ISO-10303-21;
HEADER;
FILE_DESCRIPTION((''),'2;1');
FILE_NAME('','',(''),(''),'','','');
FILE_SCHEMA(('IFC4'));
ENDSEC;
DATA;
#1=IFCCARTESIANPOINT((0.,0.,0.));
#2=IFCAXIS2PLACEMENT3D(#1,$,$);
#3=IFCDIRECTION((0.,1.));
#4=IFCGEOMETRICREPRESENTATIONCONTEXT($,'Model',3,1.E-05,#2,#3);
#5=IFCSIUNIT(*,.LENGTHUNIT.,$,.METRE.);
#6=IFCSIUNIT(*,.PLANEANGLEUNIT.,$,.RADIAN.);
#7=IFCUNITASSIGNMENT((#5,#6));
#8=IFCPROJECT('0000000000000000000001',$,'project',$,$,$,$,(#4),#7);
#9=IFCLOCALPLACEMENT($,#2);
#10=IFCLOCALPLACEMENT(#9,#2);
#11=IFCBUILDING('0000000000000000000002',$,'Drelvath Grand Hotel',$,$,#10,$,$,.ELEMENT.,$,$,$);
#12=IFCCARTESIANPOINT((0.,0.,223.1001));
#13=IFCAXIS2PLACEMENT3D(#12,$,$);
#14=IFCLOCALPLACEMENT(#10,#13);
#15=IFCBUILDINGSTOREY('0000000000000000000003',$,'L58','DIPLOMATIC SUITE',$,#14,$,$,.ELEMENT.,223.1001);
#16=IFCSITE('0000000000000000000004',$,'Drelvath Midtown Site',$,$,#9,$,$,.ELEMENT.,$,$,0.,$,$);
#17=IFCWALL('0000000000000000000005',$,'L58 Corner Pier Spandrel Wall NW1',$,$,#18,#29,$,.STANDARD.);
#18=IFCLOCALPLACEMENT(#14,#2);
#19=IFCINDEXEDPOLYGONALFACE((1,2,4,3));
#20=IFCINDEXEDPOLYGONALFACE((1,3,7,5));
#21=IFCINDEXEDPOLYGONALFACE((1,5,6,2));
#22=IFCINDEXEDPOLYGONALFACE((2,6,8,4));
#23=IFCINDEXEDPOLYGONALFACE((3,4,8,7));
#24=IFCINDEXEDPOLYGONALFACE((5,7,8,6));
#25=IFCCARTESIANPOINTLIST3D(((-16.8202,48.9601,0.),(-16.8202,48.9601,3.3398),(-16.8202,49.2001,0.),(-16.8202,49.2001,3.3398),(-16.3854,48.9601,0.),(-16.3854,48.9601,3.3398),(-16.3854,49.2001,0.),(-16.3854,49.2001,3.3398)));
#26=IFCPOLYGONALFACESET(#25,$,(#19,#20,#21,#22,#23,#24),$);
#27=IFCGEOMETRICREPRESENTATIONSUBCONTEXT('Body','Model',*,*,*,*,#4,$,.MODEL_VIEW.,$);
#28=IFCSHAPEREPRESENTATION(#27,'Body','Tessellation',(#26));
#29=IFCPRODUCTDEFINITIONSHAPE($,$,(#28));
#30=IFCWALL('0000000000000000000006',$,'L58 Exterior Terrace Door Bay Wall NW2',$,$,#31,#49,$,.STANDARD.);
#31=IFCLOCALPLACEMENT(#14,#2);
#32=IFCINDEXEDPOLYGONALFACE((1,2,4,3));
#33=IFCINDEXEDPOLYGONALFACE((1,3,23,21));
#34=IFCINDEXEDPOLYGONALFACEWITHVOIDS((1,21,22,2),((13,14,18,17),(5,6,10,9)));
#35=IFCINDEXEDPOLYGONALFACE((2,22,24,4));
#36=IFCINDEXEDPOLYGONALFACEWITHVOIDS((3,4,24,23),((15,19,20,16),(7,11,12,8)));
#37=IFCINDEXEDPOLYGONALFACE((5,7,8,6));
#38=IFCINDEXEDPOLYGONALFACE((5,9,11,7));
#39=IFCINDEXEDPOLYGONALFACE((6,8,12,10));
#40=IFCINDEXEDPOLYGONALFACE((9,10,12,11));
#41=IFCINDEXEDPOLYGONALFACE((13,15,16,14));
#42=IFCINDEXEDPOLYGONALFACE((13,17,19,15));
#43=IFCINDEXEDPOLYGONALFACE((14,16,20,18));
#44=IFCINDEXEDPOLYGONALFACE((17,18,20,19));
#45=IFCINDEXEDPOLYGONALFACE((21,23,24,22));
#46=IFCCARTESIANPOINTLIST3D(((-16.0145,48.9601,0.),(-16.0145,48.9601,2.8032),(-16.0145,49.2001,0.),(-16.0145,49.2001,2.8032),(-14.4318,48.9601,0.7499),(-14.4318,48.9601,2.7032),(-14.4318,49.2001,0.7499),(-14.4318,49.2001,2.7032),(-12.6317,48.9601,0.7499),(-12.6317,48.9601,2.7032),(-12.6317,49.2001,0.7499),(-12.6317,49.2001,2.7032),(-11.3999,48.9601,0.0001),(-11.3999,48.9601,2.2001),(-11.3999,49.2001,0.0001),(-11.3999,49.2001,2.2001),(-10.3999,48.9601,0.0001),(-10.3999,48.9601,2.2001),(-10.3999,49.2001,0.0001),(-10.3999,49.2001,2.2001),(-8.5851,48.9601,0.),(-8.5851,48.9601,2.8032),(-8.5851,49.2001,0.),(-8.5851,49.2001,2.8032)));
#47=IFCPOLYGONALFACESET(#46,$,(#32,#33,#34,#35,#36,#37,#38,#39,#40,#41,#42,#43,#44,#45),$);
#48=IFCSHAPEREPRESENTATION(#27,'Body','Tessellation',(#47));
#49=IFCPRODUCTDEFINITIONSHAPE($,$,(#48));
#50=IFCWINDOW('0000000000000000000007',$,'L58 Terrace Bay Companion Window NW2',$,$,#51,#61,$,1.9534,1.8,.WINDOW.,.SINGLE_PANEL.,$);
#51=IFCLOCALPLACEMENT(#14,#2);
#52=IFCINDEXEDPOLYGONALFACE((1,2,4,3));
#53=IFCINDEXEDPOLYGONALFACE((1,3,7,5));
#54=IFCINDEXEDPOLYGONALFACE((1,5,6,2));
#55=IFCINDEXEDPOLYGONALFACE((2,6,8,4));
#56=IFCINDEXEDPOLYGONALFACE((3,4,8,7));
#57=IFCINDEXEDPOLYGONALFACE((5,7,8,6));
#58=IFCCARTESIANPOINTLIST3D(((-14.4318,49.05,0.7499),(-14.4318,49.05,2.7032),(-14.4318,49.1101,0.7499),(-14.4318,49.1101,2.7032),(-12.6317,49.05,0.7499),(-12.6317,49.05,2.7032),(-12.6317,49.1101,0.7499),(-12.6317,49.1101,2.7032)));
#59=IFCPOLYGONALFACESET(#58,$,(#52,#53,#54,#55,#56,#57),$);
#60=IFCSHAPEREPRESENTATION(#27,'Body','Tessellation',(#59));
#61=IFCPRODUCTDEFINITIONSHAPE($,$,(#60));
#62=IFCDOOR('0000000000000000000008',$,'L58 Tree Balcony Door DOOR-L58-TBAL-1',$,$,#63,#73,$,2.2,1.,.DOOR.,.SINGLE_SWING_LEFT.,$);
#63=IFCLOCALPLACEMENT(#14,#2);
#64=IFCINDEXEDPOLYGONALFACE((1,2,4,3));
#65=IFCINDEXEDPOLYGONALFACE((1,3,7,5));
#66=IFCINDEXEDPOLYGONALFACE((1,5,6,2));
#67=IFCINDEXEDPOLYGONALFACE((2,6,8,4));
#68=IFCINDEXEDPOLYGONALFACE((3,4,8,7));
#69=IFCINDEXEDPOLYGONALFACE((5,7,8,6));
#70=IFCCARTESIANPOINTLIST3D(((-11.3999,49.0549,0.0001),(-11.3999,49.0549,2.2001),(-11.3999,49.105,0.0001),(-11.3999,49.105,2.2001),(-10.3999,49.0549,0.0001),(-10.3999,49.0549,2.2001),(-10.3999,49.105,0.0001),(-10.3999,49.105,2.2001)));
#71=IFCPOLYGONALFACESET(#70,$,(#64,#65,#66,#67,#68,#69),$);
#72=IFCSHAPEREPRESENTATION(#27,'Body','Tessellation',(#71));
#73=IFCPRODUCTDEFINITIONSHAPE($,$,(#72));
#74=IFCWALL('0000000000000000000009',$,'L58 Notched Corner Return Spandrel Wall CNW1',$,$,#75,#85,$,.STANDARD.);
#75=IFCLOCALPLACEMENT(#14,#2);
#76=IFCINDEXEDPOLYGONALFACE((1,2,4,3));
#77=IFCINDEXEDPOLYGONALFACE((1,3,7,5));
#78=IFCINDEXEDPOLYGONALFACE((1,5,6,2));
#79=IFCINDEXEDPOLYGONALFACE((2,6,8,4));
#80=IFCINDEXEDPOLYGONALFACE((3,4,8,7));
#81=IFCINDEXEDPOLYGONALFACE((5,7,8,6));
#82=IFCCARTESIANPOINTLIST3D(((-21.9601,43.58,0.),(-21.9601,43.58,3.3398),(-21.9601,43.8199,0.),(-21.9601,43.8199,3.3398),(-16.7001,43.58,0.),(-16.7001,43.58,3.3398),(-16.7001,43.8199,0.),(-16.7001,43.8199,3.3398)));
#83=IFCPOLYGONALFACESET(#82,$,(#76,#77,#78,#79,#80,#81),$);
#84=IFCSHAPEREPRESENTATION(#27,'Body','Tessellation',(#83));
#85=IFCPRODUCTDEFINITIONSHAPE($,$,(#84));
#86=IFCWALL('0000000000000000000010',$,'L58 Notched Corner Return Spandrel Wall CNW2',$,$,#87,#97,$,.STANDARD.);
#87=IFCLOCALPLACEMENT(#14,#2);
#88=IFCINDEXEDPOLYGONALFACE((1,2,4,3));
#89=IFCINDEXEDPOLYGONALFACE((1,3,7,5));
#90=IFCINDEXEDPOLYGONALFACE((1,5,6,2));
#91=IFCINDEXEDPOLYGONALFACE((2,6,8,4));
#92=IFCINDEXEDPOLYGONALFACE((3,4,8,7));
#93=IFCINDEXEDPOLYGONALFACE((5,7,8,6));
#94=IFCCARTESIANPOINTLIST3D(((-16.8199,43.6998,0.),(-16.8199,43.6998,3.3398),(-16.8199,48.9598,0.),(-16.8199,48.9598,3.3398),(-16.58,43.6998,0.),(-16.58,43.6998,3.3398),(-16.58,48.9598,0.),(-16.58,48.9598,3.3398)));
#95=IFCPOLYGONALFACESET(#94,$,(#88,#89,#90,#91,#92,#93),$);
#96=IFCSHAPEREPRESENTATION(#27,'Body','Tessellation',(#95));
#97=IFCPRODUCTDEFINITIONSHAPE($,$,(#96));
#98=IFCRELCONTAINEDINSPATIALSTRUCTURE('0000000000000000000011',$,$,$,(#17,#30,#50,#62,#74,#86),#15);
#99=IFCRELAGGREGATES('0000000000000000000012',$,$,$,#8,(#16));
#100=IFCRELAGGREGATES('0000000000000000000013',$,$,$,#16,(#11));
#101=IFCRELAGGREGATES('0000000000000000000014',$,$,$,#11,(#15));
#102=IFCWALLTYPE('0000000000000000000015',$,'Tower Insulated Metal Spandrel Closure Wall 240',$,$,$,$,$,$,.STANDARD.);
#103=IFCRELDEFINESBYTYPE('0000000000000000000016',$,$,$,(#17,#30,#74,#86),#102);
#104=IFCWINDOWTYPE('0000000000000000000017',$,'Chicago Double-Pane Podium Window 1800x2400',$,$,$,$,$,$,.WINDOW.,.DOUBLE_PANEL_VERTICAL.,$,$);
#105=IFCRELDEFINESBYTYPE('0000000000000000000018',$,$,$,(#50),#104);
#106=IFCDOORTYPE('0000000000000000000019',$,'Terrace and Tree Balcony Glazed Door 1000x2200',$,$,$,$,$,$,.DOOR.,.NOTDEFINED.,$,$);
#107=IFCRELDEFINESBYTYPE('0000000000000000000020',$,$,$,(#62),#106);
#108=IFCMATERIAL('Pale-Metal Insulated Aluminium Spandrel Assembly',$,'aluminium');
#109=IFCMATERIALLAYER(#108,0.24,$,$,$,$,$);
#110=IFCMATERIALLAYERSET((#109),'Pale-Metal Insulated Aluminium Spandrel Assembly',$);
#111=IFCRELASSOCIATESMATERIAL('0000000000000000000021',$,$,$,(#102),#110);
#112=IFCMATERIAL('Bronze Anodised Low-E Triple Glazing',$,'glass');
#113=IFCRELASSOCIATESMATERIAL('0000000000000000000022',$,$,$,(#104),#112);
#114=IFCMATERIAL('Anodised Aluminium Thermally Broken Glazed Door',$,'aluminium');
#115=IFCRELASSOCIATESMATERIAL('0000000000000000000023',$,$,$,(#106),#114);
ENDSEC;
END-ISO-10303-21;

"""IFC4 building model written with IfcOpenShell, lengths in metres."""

from ifc_helpers import new_model, si_unit, direction, frame, frame_2d, origin, place, context, subcontext, project, spatial, rectangle, extrude, material, layer, layer_set, type_object, element, fill, save


model = new_model("IFC4")

# Units and contexts
model_context = context("Model", 3, precision=1e-05, world=origin(), true_north=direction((0.0, 1.0)))
body_context = subcontext(model_context, "Body", "Model", "MODEL_VIEW")
ifc_project = project(units=[si_unit("LENGTHUNIT", "METRE"), si_unit("PLANEANGLEUNIT", "RADIAN")], contexts=[model_context])

# Site, building, storey
site_placement = place(None, origin())
site = spatial("IfcSite", under=ifc_project, at=site_placement, Name="Drelvath Midtown Site", CompositionType="ELEMENT", RefElevation=0.0)
building_placement = place(site_placement, origin())
building = spatial("IfcBuilding", under=site, at=building_placement, Name="Drelvath Grand Hotel", CompositionType="ELEMENT")
storey_placement = place(building_placement, frame((0.0, 0.0, 223.1001)))
storey = spatial("IfcBuildingStorey", under=building, at=storey_placement, Name="L58", Description="DIPLOMATIC SUITE", CompositionType="ELEMENT", Elevation=223.1001)

# Wall
ifc_material_1 = material(Name="Pale-Metal Insulated Aluminium Spandrel Assembly", Category="aluminium")
ifc_layer_1 = layer(ifc_material_1, 0.24)
ifc_layer_set_1 = layer_set([ifc_layer_1], Name="Pale-Metal Insulated Aluminium Spandrel Assembly")
wall_type_1 = type_object("IfcWallType", Name="Tower Insulated Metal Spandrel Closure Wall 240", PredefinedType="STANDARD", material=ifc_layer_set_1)
for number, where, z_axis, x_axis, name in (
    (1, (-16.8201, 49.0801, 0.0), (0.0, 0.0, 1.0), (1.0, 0.0, 0.0), "L58 Corner Pier Spandrel Wall NW1"),
):
    element("IfcWall", number, at=place(storey_placement, frame(where, z_axis=z_axis, x_axis=x_axis)), inside=storey, type_object=wall_type_1, Name=name, PredefinedType="STANDARD", context=body_context, shape_type="SweptSolid", body=[
        extrude(rectangle(XDim=0.4348, YDim=0.24, at=frame_2d((0.2173, 0.0))), origin(), (0.0, 0.0, 1.0), 3.3398),
    ])

# Wall, openings, window, door
wall_1_placement = place(storey_placement, frame((-16.0146, 49.0801, 0.0), z_axis=(0.0, 0.0, 1.0), x_axis=(1.0, 0.0, 0.0)))
wall_1 = element("IfcWall", 2, at=wall_1_placement, inside=storey, type_object=wall_type_1, Name="L58 Exterior Terrace Door Bay Wall NW2", PredefinedType="STANDARD", context=body_context, shape_type="SweptSolid", body=[
    extrude(rectangle(XDim=7.4294, YDim=0.24, at=frame_2d((3.7148, 0.0))), origin(), (0.0, 0.0, 1.0), 2.8032),
])
opening_1_placement = place(wall_1_placement, frame((4.6147, 0.0, 0.0)))
opening_1 = element("IfcOpeningElement", 3, at=opening_1_placement, cuts=wall_1, PredefinedType="OPENING", context=body_context, shape_type="SweptSolid", body=[
    extrude(rectangle(XDim=1.0, YDim=2.2, at=frame_2d((0.5, 1.1001))), frame((0.0, 0.1299, 0.0), z_axis=(0.0, -1.0, 0.0), x_axis=(1.0, 0.0, 0.0)), (0.0, 0.0, 1.0), 0.26),
])
opening_2_placement = place(wall_1_placement, frame((1.583, 0.0, 0.75)))
opening_2 = element("IfcOpeningElement", 4, at=opening_2_placement, cuts=wall_1, PredefinedType="OPENING", context=body_context, shape_type="SweptSolid", body=[
    extrude(rectangle(XDim=1.8, YDim=1.9534, at=frame_2d((0.8999, 0.9766))), frame((0.0, 0.1299, 0.0), z_axis=(0.0, -1.0, 0.0), x_axis=(1.0, 0.0, 0.0)), (0.0, 0.0, 1.0), 0.26),
])
ifc_material_2 = material(Name="Bronze Anodised Low-E Triple Glazing", Category="glass")
window_type = type_object("IfcWindowType", Name="Chicago Double-Pane Podium Window 1800x2400", PartitioningType="DOUBLE_PANEL_VERTICAL", PredefinedType="WINDOW", material=ifc_material_2)
window_placement = place(opening_2_placement, origin())
window = element("IfcWindow", 5, at=window_placement, inside=storey, type_object=window_type, Name="L58 Terrace Bay Companion Window NW2", OverallHeight=1.9534, OverallWidth=1.8, PartitioningType="SINGLE_PANEL", PredefinedType="WINDOW", context=body_context, shape_type="SweptSolid", body=[
    extrude(rectangle(XDim=1.8, YDim=1.9534, at=frame_2d((0.8999, 0.9766))), frame((0.0, 0.03, 0.0), z_axis=(0.0, -1.0, 0.0), x_axis=(1.0, 0.0, 0.0)), (0.0, 0.0, 1.0), 0.0601),
])
fill(opening_2, window)
ifc_material_3 = material(Name="Anodised Aluminium Thermally Broken Glazed Door", Category="aluminium")
door_type_1 = type_object("IfcDoorType", Name="Terrace and Tree Balcony Glazed Door 1000x2200", OperationType="NOTDEFINED", PredefinedType="DOOR", material=ifc_material_3)
door_1_placement = place(opening_1_placement, origin())
door_1 = element("IfcDoor", 6, at=door_1_placement, inside=storey, type_object=door_type_1, Name="L58 Tree Balcony Door DOOR-L58-TBAL-1", OperationType="SINGLE_SWING_LEFT", OverallHeight=2.2, OverallWidth=1.0, PredefinedType="DOOR", context=body_context, shape_type="SweptSolid", body=[
    extrude(rectangle(XDim=1.0, YDim=2.2, at=frame_2d((0.5, 1.1001))), frame((0.0, 0.0249, 0.0), z_axis=(0.0, -1.0, 0.0), x_axis=(1.0, 0.0, 0.0)), (0.0, 0.0, 1.0), 0.05),
])
fill(opening_1, door_1)

# Walls
for number, where, z_axis, x_axis, name in (
    (7, (-21.96, 43.7, 0.0), (0.0, 0.0, 1.0), (1.0, 0.0, 0.0), "L58 Notched Corner Return Spandrel Wall CNW1"),
    (8, (-16.7, 43.7, 0.0), (0.0, 0.0, 1.0), (0.0, 1.0, 0.0), "L58 Notched Corner Return Spandrel Wall CNW2"),
):
    element("IfcWall", number, at=place(storey_placement, frame(where, z_axis=z_axis, x_axis=x_axis)), inside=storey, type_object=wall_type_1, Name=name, PredefinedType="STANDARD", context=body_context, shape_type="SweptSolid", body=[
        extrude(rectangle(XDim=5.26, YDim=0.24, at=frame_2d((2.6299, 0.0))), origin(), (0.0, 0.0, 1.0), 3.3398),
    ])

save(model, "model.ifc")
